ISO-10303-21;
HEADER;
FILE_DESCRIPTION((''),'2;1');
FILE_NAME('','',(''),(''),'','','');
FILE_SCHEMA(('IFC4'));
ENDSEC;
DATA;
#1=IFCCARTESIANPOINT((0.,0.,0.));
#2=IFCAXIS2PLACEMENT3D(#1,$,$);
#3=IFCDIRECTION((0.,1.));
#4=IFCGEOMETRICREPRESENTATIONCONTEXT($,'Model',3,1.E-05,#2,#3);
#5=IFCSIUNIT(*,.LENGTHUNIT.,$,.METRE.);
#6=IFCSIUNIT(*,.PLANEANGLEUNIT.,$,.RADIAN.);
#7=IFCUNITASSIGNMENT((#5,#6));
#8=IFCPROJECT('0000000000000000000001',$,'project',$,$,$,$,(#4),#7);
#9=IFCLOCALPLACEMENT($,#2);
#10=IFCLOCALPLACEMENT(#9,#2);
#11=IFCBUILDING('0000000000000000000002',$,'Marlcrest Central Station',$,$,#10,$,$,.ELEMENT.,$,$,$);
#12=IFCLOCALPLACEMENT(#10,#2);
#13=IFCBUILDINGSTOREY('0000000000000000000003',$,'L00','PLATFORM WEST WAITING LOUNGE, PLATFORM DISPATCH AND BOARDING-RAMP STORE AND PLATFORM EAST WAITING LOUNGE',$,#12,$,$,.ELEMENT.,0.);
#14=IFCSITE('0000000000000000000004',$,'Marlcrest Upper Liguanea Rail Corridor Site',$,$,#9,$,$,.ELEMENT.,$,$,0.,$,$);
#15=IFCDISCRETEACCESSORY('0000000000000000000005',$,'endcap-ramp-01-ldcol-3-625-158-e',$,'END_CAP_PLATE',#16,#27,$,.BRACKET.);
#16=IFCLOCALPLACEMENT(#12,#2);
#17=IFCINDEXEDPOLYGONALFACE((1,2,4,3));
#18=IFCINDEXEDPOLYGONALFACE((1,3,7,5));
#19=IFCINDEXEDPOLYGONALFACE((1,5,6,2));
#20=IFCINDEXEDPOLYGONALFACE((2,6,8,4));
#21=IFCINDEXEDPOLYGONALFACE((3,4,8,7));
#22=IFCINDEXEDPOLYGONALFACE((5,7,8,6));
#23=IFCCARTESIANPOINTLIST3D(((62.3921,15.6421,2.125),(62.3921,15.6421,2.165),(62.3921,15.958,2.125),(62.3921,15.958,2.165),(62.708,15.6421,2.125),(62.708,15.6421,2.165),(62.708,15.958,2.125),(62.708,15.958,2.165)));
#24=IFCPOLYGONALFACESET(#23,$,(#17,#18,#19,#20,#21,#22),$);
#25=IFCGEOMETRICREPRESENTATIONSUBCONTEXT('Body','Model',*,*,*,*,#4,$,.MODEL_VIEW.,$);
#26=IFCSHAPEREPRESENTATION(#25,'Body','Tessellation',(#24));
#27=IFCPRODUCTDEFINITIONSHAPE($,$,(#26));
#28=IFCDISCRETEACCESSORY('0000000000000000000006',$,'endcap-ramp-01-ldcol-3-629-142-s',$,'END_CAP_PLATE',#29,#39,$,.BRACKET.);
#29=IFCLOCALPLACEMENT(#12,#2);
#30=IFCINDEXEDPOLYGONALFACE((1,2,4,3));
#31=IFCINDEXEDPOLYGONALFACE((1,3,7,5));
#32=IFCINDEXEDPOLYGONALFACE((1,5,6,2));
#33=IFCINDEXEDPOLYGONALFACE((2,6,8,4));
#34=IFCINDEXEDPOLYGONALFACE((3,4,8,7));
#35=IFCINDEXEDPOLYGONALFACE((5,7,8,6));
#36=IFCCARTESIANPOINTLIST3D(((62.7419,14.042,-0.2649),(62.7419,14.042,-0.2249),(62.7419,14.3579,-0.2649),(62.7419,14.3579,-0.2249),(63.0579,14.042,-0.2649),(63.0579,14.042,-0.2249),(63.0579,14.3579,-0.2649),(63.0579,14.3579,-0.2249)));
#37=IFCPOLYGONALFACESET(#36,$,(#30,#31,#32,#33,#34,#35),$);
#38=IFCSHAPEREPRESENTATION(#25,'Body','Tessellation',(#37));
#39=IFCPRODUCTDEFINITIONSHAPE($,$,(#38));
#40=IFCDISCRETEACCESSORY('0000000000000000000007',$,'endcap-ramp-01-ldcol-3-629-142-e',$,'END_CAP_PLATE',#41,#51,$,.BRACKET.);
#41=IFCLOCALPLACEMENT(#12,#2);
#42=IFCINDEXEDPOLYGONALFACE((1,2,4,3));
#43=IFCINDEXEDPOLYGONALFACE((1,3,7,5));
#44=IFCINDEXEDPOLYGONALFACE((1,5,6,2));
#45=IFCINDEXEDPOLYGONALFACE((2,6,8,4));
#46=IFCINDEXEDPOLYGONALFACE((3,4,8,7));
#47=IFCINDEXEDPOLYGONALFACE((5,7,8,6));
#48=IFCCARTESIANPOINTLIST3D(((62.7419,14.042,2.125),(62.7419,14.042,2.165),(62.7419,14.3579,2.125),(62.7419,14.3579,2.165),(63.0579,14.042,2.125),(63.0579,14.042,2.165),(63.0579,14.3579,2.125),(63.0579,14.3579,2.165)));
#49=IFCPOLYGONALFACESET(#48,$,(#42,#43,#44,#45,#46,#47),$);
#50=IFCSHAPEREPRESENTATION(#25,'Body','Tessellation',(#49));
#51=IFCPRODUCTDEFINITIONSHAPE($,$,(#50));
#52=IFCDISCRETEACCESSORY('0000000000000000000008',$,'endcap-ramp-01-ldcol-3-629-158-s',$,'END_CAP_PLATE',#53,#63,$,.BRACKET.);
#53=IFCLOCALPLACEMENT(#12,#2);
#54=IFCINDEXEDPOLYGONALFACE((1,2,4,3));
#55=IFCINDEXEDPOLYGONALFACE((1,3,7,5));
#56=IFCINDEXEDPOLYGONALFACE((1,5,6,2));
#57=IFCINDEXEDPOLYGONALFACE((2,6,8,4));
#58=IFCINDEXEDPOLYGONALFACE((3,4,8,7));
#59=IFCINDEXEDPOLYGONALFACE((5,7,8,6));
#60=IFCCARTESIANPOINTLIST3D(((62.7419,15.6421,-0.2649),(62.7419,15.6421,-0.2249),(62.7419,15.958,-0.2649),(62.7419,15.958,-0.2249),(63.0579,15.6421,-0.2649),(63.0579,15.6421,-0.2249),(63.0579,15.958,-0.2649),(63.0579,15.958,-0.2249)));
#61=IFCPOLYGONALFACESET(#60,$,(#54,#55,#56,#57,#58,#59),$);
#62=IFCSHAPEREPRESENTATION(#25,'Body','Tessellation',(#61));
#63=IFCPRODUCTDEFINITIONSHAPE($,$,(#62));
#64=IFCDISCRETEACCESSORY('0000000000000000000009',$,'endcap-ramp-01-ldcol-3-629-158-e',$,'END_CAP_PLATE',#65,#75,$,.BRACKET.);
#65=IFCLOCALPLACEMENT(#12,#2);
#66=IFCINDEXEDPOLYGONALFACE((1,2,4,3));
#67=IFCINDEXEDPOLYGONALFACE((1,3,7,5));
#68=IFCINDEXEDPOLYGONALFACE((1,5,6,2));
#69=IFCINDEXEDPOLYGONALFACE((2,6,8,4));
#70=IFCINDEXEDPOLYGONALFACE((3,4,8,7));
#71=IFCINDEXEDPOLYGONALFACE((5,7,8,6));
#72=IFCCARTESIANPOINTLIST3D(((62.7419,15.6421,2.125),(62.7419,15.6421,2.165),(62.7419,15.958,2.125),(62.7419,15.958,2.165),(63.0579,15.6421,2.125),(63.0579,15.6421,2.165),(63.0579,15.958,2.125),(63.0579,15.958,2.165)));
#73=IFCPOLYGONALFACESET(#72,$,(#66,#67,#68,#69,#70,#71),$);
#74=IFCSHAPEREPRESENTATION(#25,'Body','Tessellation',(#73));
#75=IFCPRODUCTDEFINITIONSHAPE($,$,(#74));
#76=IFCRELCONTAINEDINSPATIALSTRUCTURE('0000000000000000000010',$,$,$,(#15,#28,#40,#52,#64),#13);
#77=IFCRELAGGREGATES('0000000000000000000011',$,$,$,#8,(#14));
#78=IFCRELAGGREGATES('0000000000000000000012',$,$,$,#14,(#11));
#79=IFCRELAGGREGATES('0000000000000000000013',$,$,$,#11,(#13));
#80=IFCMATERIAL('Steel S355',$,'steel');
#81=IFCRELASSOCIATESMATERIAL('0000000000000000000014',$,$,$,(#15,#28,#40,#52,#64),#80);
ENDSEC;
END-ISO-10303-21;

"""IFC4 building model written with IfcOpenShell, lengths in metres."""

from ifc_helpers import new_model, si_unit, direction, frame, origin, origin_2d, place, context, subcontext, project, spatial, rectangle, extrude, material, element, save


model = new_model("IFC4")

# Units and contexts
model_context = context("Model", 3, precision=1e-05, world=origin(), true_north=direction((0.0, 1.0)))
body_context = subcontext(model_context, "Body", "Model", "MODEL_VIEW")
ifc_project = project(units=[si_unit("LENGTHUNIT", "METRE"), si_unit("PLANEANGLEUNIT", "RADIAN")], contexts=[model_context])

# Site, building, storey
site_placement = place(None, origin())
site = spatial("IfcSite", under=ifc_project, at=site_placement, Name="Marlcrest Upper Liguanea Rail Corridor Site", CompositionType="ELEMENT", RefElevation=0.0)
building_placement = place(site_placement, origin())
building = spatial("IfcBuilding", under=site, at=building_placement, Name="Marlcrest Central Station", CompositionType="ELEMENT")
storey_placement = place(building_placement, origin())
storey = spatial("IfcBuildingStorey", under=building, at=storey_placement, Name="L00", Description="PLATFORM WEST WAITING LOUNGE, PLATFORM DISPATCH AND BOARDING-RAMP STORE AND PLATFORM EAST WAITING LOUNGE", CompositionType="ELEMENT", Elevation=0.0)

# Shared definitions
ifc_material_1 = material(Name="Steel S355", Category="steel")

# Discrete accessories
for number, where, z_axis, x_axis, name in (
    (1, (62.55, 15.8, 2.125), (0.0, 0.0, 1.0), (1.0, 0.0, 0.0), "endcap-ramp-01-ldcol-3-625-158-e"),
    (2, (62.8999, 14.2, -0.2649), (0.0, 0.0, 1.0), (1.0, 0.0, 0.0), "endcap-ramp-01-ldcol-3-629-142-s"),
    (3, (62.8999, 14.2, 2.125), (0.0, 0.0, 1.0), (1.0, 0.0, 0.0), "endcap-ramp-01-ldcol-3-629-142-e"),
    (4, (62.8999, 15.8, -0.2649), (0.0, 0.0, 1.0), (1.0, 0.0, 0.0), "endcap-ramp-01-ldcol-3-629-158-s"),
    (5, (62.8999, 15.8, 2.125), (0.0, 0.0, 1.0), (1.0, 0.0, 0.0), "endcap-ramp-01-ldcol-3-629-158-e"),
):
    element("IfcDiscreteAccessory", number, at=place(storey_placement, frame(where, z_axis=z_axis, x_axis=x_axis)), inside=storey, material=ifc_material_1, Name=name, ObjectType="END_CAP_PLATE", PredefinedType="BRACKET", context=body_context, shape_type="SweptSolid", body=[
        extrude(rectangle(XDim=0.3159, YDim=0.3159, at=origin_2d()), origin(), (0.0, 0.0, 1.0), 0.04),
    ])

save(model, "model.ifc")
